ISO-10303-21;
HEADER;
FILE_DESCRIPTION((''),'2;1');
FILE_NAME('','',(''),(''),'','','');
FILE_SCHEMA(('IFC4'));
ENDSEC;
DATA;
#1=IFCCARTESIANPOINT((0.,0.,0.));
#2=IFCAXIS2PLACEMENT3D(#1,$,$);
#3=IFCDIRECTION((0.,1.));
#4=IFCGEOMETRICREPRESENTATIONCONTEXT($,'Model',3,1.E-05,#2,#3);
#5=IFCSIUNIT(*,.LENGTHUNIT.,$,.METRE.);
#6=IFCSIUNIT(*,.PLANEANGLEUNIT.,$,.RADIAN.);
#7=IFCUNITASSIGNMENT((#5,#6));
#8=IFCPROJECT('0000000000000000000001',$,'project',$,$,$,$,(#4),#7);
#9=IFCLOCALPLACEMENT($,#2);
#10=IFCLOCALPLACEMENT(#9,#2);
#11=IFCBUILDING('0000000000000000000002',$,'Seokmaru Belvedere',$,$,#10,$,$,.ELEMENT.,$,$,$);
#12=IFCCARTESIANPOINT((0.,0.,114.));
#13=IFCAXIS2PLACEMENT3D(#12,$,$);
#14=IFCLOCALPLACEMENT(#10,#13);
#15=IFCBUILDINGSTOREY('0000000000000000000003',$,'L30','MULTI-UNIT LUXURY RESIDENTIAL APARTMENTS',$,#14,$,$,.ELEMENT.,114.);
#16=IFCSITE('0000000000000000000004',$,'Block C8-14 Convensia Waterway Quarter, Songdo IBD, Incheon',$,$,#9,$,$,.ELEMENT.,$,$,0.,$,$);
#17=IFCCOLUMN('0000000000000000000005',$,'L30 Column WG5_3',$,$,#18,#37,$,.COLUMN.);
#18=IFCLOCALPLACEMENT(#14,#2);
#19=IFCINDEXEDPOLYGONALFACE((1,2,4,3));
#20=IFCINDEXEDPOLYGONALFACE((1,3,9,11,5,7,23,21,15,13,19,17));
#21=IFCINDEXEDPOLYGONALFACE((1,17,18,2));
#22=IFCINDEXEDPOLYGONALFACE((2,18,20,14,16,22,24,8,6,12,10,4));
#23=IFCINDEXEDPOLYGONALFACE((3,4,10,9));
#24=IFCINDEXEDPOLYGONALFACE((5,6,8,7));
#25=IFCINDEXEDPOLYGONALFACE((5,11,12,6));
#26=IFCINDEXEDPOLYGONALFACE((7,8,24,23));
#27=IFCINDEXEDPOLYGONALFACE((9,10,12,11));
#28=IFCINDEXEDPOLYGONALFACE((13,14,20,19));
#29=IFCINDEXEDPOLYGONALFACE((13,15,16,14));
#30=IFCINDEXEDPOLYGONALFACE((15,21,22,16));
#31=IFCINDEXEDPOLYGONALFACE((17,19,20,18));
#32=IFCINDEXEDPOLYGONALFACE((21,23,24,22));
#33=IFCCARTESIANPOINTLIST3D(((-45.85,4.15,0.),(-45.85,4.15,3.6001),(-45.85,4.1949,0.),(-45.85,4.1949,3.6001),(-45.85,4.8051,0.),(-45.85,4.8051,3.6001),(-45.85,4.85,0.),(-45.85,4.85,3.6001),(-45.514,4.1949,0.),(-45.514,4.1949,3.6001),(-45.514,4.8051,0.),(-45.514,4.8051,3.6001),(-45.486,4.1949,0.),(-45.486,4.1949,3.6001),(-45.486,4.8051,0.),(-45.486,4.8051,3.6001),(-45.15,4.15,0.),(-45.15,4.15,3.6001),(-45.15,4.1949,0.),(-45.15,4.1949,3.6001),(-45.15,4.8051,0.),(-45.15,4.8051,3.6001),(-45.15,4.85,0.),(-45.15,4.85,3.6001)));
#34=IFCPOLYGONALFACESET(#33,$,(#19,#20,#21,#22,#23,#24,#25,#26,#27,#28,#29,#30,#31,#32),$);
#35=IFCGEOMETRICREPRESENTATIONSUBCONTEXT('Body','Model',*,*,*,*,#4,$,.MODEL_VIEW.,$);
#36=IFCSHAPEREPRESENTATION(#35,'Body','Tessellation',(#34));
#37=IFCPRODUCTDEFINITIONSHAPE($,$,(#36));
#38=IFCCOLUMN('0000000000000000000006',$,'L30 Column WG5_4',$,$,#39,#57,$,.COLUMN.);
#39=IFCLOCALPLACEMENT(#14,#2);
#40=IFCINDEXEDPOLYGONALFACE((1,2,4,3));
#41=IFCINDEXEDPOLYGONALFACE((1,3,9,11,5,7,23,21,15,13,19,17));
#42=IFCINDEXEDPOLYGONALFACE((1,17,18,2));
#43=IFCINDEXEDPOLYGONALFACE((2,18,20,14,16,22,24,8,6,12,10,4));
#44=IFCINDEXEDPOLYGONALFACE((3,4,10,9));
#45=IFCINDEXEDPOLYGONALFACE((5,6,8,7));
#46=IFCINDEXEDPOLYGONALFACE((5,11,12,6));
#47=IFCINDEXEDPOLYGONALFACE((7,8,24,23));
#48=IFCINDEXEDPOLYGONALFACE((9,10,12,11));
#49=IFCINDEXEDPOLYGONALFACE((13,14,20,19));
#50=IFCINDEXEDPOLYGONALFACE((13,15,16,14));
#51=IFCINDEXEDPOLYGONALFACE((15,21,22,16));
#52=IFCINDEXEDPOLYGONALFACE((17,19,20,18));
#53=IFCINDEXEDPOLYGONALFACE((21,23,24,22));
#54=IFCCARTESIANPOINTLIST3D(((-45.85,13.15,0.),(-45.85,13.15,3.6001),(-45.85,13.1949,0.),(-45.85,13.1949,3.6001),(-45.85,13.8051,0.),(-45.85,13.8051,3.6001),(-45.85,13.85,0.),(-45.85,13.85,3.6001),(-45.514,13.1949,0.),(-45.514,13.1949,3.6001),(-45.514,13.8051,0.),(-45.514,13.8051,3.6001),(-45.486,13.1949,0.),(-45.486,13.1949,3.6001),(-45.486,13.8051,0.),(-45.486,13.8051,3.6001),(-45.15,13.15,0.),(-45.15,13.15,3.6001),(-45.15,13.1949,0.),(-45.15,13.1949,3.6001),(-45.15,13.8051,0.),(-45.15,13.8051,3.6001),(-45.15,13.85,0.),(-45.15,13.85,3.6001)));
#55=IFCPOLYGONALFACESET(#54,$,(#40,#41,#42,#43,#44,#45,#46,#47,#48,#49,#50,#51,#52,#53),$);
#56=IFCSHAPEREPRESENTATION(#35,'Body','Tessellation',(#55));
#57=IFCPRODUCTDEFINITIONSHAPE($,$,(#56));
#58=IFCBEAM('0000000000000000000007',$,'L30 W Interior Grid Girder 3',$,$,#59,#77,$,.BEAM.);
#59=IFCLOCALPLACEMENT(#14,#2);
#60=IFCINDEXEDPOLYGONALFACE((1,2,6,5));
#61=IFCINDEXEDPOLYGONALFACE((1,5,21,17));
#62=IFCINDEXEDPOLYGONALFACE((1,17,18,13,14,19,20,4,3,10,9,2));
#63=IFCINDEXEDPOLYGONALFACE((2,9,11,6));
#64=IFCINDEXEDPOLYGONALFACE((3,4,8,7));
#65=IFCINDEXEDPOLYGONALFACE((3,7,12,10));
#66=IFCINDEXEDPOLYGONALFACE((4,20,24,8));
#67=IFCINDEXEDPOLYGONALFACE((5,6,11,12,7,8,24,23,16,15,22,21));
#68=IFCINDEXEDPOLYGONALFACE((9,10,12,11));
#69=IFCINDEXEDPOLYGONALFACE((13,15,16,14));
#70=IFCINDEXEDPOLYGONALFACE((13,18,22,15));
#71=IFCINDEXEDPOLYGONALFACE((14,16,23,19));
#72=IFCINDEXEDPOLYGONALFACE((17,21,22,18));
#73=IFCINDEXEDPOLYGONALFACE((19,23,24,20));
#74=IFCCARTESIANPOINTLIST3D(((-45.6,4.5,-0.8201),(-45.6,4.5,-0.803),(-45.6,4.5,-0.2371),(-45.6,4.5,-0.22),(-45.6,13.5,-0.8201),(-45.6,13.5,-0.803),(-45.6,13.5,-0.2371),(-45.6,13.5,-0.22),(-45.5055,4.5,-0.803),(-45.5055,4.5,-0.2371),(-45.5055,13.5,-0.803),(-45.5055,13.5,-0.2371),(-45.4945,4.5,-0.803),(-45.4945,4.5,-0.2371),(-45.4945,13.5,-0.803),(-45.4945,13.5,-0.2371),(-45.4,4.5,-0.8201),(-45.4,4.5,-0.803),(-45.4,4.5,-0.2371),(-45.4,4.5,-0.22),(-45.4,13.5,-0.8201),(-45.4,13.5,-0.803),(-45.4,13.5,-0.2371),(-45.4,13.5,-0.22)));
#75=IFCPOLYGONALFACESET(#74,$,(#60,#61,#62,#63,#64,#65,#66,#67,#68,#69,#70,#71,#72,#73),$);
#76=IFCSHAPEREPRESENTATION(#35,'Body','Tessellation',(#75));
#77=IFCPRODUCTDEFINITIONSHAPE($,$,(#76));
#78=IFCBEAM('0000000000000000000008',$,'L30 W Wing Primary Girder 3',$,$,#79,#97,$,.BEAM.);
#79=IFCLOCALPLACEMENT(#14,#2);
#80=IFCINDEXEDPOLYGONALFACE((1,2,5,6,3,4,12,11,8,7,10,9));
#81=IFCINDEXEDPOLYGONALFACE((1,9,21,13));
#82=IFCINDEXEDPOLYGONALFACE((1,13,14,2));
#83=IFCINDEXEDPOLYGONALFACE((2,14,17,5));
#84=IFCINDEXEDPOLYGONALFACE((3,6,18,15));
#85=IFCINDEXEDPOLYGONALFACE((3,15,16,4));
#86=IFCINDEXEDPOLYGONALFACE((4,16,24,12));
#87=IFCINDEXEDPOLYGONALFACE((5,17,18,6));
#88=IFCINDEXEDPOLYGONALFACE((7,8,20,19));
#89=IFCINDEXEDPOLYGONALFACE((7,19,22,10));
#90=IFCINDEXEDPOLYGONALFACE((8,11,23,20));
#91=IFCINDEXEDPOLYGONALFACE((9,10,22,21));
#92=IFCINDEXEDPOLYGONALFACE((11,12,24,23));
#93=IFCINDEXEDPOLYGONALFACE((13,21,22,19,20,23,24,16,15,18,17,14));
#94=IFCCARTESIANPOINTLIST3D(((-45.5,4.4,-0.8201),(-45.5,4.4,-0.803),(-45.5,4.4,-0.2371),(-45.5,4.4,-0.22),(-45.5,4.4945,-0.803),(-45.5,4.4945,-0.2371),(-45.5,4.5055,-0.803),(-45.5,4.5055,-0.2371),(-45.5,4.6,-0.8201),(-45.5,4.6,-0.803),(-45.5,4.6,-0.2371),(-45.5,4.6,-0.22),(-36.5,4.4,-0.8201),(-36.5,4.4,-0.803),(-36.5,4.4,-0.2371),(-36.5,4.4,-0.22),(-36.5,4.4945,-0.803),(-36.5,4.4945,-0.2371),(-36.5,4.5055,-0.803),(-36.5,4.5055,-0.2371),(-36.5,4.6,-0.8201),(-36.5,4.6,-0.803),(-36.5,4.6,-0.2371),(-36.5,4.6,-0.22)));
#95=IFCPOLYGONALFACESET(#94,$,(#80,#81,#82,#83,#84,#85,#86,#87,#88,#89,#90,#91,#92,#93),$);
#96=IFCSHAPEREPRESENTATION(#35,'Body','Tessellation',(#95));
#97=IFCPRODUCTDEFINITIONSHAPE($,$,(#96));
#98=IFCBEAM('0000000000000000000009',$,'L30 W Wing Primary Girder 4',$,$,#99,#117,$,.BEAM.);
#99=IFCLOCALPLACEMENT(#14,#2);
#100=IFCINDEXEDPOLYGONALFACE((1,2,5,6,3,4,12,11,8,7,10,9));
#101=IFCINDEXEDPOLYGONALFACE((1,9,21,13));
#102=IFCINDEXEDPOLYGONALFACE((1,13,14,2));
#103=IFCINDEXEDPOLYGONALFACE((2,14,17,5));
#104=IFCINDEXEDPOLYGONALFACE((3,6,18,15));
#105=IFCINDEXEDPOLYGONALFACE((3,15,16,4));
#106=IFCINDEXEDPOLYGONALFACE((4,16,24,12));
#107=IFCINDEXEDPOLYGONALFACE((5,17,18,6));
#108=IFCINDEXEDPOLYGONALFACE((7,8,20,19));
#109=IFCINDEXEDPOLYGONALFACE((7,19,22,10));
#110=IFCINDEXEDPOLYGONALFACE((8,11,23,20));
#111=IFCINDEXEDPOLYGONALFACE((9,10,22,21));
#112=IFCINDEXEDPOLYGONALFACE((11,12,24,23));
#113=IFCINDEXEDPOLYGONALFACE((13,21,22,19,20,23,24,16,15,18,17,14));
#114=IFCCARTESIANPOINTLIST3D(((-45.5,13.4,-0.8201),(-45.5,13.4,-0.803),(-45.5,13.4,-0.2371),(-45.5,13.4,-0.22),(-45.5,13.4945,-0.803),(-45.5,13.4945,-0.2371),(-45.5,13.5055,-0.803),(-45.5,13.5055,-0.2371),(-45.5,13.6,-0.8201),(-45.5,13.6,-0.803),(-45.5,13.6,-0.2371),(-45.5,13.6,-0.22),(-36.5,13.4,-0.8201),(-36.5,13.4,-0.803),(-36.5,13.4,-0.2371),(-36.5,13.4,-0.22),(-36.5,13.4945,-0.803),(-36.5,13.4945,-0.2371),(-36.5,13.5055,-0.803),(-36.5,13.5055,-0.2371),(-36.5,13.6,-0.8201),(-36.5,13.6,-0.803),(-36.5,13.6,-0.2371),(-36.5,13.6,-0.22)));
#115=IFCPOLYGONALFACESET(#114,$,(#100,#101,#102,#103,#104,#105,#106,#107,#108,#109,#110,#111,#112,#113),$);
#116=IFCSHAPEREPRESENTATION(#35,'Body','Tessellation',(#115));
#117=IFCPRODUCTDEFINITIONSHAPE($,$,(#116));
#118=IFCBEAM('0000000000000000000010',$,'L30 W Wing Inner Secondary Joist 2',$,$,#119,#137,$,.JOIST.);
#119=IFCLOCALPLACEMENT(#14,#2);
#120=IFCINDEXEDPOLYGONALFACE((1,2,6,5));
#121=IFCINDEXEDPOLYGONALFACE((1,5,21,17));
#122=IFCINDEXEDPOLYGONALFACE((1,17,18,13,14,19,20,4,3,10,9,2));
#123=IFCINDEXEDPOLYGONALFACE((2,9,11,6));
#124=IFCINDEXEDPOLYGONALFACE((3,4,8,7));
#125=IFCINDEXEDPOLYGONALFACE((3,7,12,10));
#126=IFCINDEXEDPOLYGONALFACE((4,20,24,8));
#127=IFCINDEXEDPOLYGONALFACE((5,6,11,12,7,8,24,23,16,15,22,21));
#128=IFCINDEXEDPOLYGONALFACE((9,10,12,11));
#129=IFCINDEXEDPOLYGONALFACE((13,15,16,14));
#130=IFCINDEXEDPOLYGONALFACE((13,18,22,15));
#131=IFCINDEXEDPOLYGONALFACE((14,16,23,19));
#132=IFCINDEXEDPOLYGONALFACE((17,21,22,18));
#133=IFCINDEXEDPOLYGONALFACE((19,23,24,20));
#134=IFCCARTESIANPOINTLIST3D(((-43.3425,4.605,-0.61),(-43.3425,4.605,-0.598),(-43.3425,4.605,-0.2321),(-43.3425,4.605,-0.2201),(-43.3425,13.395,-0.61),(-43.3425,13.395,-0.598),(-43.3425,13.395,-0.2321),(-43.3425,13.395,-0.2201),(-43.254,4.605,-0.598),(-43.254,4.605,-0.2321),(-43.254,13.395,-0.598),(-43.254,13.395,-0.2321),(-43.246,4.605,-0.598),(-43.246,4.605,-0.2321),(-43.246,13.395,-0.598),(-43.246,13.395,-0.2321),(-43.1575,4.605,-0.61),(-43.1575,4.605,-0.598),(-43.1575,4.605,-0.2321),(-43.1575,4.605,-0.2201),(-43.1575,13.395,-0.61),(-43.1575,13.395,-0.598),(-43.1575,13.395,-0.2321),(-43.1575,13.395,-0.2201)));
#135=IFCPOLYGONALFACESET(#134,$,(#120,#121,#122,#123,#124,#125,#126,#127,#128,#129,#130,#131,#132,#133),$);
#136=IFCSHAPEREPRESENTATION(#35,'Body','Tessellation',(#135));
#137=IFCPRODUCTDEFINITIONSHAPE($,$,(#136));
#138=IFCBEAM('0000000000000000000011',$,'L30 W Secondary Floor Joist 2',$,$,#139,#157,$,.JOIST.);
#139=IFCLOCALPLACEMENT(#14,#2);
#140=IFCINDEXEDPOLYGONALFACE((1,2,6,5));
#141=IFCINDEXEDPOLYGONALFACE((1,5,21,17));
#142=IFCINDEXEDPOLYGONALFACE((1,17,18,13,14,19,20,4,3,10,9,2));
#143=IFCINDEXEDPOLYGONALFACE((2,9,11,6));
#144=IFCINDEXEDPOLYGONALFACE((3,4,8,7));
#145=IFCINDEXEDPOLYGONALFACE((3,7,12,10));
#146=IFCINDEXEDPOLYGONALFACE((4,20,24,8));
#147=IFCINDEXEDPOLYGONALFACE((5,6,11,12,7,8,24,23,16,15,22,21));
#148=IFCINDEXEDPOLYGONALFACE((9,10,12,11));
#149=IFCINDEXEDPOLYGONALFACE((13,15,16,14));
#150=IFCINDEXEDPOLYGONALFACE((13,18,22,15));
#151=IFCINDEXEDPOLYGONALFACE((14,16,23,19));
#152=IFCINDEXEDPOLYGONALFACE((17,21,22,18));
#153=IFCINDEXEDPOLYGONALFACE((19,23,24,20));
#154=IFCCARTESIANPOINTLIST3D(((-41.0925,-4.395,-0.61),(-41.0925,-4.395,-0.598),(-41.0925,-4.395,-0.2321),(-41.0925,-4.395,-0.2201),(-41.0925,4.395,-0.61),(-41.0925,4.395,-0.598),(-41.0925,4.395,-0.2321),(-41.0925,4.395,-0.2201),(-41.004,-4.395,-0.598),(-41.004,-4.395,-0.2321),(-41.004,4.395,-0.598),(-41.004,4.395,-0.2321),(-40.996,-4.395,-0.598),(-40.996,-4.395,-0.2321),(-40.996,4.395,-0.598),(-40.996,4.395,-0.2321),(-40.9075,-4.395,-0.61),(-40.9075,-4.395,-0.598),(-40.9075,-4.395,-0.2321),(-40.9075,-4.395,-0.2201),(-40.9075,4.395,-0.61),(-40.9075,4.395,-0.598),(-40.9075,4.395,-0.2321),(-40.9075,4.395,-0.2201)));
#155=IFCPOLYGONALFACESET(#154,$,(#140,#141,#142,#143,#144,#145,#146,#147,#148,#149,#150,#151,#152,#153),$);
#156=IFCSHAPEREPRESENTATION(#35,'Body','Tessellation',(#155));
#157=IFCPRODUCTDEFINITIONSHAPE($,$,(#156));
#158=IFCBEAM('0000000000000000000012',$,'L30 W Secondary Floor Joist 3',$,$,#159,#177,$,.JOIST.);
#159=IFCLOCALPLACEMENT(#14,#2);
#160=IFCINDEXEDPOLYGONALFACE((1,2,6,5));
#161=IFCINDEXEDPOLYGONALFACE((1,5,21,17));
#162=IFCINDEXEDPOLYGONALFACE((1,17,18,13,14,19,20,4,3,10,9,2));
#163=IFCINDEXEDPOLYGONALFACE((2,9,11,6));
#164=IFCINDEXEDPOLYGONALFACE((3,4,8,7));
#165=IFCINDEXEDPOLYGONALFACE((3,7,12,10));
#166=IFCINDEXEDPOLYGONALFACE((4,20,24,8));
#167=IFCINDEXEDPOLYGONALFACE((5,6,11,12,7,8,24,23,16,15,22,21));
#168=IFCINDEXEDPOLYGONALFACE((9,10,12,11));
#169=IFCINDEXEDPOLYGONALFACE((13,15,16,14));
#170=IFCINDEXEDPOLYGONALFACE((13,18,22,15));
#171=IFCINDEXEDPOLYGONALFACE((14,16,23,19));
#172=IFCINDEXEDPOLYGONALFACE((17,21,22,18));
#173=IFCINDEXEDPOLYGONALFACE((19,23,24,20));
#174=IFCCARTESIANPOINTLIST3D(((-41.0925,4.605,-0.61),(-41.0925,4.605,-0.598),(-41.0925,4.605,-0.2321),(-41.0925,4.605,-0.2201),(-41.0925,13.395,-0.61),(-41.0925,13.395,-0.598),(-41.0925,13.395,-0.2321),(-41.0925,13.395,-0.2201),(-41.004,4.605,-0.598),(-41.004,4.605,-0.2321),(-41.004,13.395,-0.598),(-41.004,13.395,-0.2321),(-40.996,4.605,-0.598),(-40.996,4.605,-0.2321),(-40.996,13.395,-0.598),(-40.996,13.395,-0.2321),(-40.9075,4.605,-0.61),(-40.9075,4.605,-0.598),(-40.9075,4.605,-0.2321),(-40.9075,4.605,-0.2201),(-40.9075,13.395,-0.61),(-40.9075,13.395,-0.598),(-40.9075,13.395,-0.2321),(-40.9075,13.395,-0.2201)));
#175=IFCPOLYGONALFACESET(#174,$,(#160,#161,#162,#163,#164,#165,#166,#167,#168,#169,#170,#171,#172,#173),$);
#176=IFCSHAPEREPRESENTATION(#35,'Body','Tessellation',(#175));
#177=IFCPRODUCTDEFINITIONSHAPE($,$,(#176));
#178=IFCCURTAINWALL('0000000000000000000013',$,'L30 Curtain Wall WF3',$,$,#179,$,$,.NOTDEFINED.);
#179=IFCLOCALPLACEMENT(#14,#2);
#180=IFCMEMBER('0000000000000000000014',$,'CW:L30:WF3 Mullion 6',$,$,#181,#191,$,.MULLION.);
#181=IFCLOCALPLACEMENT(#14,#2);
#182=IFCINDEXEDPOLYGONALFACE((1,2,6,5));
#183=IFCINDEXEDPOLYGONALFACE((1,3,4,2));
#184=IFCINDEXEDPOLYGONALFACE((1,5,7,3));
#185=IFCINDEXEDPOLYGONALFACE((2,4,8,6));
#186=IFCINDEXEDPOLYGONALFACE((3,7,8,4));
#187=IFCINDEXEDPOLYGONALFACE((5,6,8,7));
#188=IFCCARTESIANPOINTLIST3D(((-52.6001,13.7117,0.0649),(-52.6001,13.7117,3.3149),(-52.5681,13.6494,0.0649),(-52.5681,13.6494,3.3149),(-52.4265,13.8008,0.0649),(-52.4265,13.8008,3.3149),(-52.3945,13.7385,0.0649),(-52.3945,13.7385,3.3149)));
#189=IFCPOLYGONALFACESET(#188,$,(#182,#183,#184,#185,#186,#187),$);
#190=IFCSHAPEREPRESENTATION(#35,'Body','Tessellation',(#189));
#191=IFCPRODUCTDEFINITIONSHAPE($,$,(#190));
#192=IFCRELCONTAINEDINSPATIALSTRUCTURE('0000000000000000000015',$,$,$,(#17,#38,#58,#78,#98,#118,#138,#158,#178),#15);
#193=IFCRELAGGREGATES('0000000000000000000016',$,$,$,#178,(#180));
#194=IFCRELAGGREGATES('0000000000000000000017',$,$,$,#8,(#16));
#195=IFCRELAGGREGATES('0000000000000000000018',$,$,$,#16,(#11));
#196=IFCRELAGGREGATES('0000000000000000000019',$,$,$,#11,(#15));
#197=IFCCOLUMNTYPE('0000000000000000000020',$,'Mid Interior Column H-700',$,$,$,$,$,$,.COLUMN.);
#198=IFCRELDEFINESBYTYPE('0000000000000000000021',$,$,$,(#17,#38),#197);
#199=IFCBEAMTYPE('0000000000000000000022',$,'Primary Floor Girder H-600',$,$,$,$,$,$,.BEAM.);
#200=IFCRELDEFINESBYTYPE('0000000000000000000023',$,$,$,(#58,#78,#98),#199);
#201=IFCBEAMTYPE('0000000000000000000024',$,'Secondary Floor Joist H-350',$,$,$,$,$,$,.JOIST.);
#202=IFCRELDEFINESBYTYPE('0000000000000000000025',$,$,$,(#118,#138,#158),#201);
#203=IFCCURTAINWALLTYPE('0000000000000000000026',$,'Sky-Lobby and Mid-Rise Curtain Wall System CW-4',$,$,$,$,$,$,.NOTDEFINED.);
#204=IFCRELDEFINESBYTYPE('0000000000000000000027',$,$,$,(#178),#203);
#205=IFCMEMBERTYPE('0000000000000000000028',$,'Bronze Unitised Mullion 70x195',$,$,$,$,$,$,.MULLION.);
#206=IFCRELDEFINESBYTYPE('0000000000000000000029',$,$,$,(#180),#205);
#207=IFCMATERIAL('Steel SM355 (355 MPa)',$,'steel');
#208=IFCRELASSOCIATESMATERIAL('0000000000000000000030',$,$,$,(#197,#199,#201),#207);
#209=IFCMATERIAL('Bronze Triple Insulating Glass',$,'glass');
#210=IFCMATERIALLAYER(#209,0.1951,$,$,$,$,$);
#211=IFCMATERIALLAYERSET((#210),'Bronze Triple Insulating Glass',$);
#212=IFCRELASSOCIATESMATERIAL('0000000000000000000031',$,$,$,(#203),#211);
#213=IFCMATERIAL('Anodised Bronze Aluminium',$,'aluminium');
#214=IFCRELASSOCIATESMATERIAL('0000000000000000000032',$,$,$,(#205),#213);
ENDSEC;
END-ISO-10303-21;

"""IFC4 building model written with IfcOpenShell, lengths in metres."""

from ifc_helpers import new_model, si_unit, direction, frame, origin, origin_2d, place, context, subcontext, project, spatial, rectangle, i_section, extrude, source, transform, mapped, material, layer, layer_set, material_profile, profile_set, type_object, type_shapes, element, aggregate, save


model = new_model("IFC4")

# Units and contexts
model_context = context("Model", 3, precision=1e-05, world=origin(), true_north=direction((0.0, 1.0)))
body_context = subcontext(model_context, "Body", "Model", "MODEL_VIEW")
ifc_project = project(units=[si_unit("LENGTHUNIT", "METRE"), si_unit("PLANEANGLEUNIT", "RADIAN")], contexts=[model_context])

# Site, building, storey
site_placement = place(None, origin())
site = spatial("IfcSite", under=ifc_project, at=site_placement, Name="Block C8-14 Convensia Waterway Quarter, Songdo IBD, Incheon", CompositionType="ELEMENT", RefElevation=0.0)
building_placement = place(site_placement, origin())
building = spatial("IfcBuilding", under=site, at=building_placement, Name="Seokmaru Belvedere", CompositionType="ELEMENT")
storey_placement = place(building_placement, frame((0.0, 0.0, 114.0)))
storey = spatial("IfcBuildingStorey", under=building, at=storey_placement, Name="L30", Description="MULTI-UNIT LUXURY RESIDENTIAL APARTMENTS", CompositionType="ELEMENT", Elevation=114.0)

# Columns
ifc_material_1 = material(Name="Steel SM355 (355 MPa)", Category="steel")
ifc_material_profile_1 = material_profile(ifc_material_1, i_section(OverallWidth=0.7, OverallDepth=0.7, WebThickness=0.0281, FlangeThickness=0.0449, at=origin_2d()), Name="H-700x700x28x45")
ifc_profile_set_1 = profile_set([ifc_material_profile_1], Name="Steel SM355 (355 MPa)")
column_type = type_object("IfcColumnType", Name="Mid Interior Column H-700", PredefinedType="COLUMN", material=ifc_profile_set_1)
shared_shape_1 = source(origin(), body_context, "Body", "SweptSolid", [
    extrude(i_section(OverallWidth=0.7, OverallDepth=0.7, WebThickness=0.0281, FlangeThickness=0.0449, at=origin_2d()), origin(), (0.0, 0.0, 1.0), 3.6001),
])
type_shapes(column_type, [shared_shape_1])
for number, where, z_axis, x_axis, name in (
    (1, (-45.5, 4.5, 0.0), (0.0, 0.0, 1.0), (1.0, 0.0, 0.0), "L30 Column WG5_3"),
    (2, (-45.5, 13.5, 0.0), (0.0, 0.0, 1.0), (1.0, 0.0, 0.0), "L30 Column WG5_4"),
):
    element("IfcColumn", number, at=place(storey_placement, frame(where, z_axis=z_axis, x_axis=x_axis)), inside=storey, type_object=column_type, Name=name, PredefinedType="COLUMN", context=body_context, shape_type="MappedRepresentation", body=[
        mapped(shared_shape_1, transform((0.0, 0.0, 0.0), scale=1.0)),
    ])

# Beams
ifc_material_profile_2 = material_profile(ifc_material_1, i_section(OverallWidth=0.2, OverallDepth=0.6001, WebThickness=0.011, FlangeThickness=0.0171, at=origin_2d()), Name="H-600x200x11x17")
ifc_profile_set_2 = profile_set([ifc_material_profile_2], Name="Steel SM355 (355 MPa)")
beam_type_1 = type_object("IfcBeamType", Name="Primary Floor Girder H-600", PredefinedType="BEAM", material=ifc_profile_set_2)
shared_shape_2 = source(origin(), body_context, "Body", "SweptSolid", [
    extrude(i_section(OverallWidth=0.2, OverallDepth=0.6001, WebThickness=0.011, FlangeThickness=0.0171, at=origin_2d()), origin(), (0.0, 0.0, 1.0), 9.0),
])
type_shapes(beam_type_1, [shared_shape_2])
for number, where, z_axis, x_axis, name in (
    (3, (-45.5, 4.5, -0.52), (0.0, 1.0, 0.0), (-1.0, 0.0, 0.0), "L30 W Interior Grid Girder 3"),
    (4, (-45.5, 4.5, -0.52), (1.0, 0.0, 0.0), (0.0, 1.0, 0.0), "L30 W Wing Primary Girder 3"),
    (5, (-45.5, 13.5, -0.52), (1.0, 0.0, 0.0), (0.0, 1.0, 0.0), "L30 W Wing Primary Girder 4"),
):
    element("IfcBeam", number, at=place(storey_placement, frame(where, z_axis=z_axis, x_axis=x_axis)), inside=storey, type_object=beam_type_1, Name=name, PredefinedType="BEAM", context=body_context, shape_type="MappedRepresentation", body=[
        mapped(shared_shape_2, transform((0.0, 0.0, 0.0), scale=1.0)),
    ])
ifc_material_profile_3 = material_profile(ifc_material_1, i_section(OverallWidth=0.1851, OverallDepth=0.3899, WebThickness=0.0081, FlangeThickness=0.012, at=origin_2d()), Name="H-390x185x8x12")
ifc_profile_set_3 = profile_set([ifc_material_profile_3], Name="Steel SM355 (355 MPa)")
beam_type_2 = type_object("IfcBeamType", Name="Secondary Floor Joist H-350", PredefinedType="JOIST", material=ifc_profile_set_3)
shared_shape_3 = source(origin(), body_context, "Body", "SweptSolid", [
    extrude(i_section(OverallWidth=0.1851, OverallDepth=0.3899, WebThickness=0.0081, FlangeThickness=0.012, at=origin_2d()), origin(), (0.0, 0.0, 1.0), 8.79),
])
type_shapes(beam_type_2, [shared_shape_3])
for number, where, z_axis, x_axis, name in (
    (6, (-43.25, 4.605, -0.415), (0.0, 1.0, 0.0), (-1.0, 0.0, 0.0), "L30 W Wing Inner Secondary Joist 2"),
    (7, (-41.0, -4.395, -0.415), (0.0, 1.0, 0.0), (-1.0, 0.0, 0.0), "L30 W Secondary Floor Joist 2"),
    (8, (-41.0, 4.605, -0.415), (0.0, 1.0, 0.0), (-1.0, 0.0, 0.0), "L30 W Secondary Floor Joist 3"),
):
    element("IfcBeam", number, at=place(storey_placement, frame(where, z_axis=z_axis, x_axis=x_axis)), inside=storey, type_object=beam_type_2, Name=name, PredefinedType="JOIST", context=body_context, shape_type="MappedRepresentation", body=[
        mapped(shared_shape_3, transform((0.0, 0.0, 0.0), scale=1.0)),
    ])

# Curtain wall, member
ifc_material_2 = material(Name="Bronze Triple Insulating Glass", Category="glass")
ifc_layer_1 = layer(ifc_material_2, 0.1951)
ifc_layer_set_1 = layer_set([ifc_layer_1], Name="Bronze Triple Insulating Glass")
curtain_wall_type = type_object("IfcCurtainWallType", Name="Sky-Lobby and Mid-Rise Curtain Wall System CW-4", PredefinedType="NOTDEFINED", material=ifc_layer_set_1)
curtain_wall_placement = place(storey_placement, origin())
curtain_wall = element("IfcCurtainWall", 9, at=curtain_wall_placement, inside=storey, type_object=curtain_wall_type, Name="L30 Curtain Wall WF3", PredefinedType="NOTDEFINED")
ifc_material_3 = material(Name="Anodised Bronze Aluminium", Category="aluminium")
ifc_material_profile_4 = material_profile(ifc_material_3, rectangle(XDim=0.0701, YDim=0.1951, at=origin_2d()), Name="CW-M-70x195")
ifc_profile_set_4 = profile_set([ifc_material_profile_4], Name="Anodised Bronze Aluminium")
member_type = type_object("IfcMemberType", Name="Bronze Unitised Mullion 70x195", PredefinedType="MULLION", material=ifc_profile_set_4)
shared_shape_4 = source(origin(), body_context, "Body", "SweptSolid", [
    extrude(rectangle(XDim=0.0701, YDim=0.1951, at=origin_2d()), origin(), (0.0, 0.0, 1.0), 3.25),
])
type_shapes(member_type, [shared_shape_4])
member_placement = place(storey_placement, frame((-52.4973, 13.7251, 0.0649), z_axis=(0.0, 0.0, 1.0), x_axis=(0.456555, -0.889695, 0.0)))
member = element("IfcMember", 10, at=member_placement, type_object=member_type, Name="CW:L30:WF3 Mullion 6", PredefinedType="MULLION", context=body_context, shape_type="MappedRepresentation", body=[
    mapped(shared_shape_4, transform((0.0, 0.0, 0.0), scale=1.0)),
])
aggregate(curtain_wall, [member])

save(model, "model.ifc")
